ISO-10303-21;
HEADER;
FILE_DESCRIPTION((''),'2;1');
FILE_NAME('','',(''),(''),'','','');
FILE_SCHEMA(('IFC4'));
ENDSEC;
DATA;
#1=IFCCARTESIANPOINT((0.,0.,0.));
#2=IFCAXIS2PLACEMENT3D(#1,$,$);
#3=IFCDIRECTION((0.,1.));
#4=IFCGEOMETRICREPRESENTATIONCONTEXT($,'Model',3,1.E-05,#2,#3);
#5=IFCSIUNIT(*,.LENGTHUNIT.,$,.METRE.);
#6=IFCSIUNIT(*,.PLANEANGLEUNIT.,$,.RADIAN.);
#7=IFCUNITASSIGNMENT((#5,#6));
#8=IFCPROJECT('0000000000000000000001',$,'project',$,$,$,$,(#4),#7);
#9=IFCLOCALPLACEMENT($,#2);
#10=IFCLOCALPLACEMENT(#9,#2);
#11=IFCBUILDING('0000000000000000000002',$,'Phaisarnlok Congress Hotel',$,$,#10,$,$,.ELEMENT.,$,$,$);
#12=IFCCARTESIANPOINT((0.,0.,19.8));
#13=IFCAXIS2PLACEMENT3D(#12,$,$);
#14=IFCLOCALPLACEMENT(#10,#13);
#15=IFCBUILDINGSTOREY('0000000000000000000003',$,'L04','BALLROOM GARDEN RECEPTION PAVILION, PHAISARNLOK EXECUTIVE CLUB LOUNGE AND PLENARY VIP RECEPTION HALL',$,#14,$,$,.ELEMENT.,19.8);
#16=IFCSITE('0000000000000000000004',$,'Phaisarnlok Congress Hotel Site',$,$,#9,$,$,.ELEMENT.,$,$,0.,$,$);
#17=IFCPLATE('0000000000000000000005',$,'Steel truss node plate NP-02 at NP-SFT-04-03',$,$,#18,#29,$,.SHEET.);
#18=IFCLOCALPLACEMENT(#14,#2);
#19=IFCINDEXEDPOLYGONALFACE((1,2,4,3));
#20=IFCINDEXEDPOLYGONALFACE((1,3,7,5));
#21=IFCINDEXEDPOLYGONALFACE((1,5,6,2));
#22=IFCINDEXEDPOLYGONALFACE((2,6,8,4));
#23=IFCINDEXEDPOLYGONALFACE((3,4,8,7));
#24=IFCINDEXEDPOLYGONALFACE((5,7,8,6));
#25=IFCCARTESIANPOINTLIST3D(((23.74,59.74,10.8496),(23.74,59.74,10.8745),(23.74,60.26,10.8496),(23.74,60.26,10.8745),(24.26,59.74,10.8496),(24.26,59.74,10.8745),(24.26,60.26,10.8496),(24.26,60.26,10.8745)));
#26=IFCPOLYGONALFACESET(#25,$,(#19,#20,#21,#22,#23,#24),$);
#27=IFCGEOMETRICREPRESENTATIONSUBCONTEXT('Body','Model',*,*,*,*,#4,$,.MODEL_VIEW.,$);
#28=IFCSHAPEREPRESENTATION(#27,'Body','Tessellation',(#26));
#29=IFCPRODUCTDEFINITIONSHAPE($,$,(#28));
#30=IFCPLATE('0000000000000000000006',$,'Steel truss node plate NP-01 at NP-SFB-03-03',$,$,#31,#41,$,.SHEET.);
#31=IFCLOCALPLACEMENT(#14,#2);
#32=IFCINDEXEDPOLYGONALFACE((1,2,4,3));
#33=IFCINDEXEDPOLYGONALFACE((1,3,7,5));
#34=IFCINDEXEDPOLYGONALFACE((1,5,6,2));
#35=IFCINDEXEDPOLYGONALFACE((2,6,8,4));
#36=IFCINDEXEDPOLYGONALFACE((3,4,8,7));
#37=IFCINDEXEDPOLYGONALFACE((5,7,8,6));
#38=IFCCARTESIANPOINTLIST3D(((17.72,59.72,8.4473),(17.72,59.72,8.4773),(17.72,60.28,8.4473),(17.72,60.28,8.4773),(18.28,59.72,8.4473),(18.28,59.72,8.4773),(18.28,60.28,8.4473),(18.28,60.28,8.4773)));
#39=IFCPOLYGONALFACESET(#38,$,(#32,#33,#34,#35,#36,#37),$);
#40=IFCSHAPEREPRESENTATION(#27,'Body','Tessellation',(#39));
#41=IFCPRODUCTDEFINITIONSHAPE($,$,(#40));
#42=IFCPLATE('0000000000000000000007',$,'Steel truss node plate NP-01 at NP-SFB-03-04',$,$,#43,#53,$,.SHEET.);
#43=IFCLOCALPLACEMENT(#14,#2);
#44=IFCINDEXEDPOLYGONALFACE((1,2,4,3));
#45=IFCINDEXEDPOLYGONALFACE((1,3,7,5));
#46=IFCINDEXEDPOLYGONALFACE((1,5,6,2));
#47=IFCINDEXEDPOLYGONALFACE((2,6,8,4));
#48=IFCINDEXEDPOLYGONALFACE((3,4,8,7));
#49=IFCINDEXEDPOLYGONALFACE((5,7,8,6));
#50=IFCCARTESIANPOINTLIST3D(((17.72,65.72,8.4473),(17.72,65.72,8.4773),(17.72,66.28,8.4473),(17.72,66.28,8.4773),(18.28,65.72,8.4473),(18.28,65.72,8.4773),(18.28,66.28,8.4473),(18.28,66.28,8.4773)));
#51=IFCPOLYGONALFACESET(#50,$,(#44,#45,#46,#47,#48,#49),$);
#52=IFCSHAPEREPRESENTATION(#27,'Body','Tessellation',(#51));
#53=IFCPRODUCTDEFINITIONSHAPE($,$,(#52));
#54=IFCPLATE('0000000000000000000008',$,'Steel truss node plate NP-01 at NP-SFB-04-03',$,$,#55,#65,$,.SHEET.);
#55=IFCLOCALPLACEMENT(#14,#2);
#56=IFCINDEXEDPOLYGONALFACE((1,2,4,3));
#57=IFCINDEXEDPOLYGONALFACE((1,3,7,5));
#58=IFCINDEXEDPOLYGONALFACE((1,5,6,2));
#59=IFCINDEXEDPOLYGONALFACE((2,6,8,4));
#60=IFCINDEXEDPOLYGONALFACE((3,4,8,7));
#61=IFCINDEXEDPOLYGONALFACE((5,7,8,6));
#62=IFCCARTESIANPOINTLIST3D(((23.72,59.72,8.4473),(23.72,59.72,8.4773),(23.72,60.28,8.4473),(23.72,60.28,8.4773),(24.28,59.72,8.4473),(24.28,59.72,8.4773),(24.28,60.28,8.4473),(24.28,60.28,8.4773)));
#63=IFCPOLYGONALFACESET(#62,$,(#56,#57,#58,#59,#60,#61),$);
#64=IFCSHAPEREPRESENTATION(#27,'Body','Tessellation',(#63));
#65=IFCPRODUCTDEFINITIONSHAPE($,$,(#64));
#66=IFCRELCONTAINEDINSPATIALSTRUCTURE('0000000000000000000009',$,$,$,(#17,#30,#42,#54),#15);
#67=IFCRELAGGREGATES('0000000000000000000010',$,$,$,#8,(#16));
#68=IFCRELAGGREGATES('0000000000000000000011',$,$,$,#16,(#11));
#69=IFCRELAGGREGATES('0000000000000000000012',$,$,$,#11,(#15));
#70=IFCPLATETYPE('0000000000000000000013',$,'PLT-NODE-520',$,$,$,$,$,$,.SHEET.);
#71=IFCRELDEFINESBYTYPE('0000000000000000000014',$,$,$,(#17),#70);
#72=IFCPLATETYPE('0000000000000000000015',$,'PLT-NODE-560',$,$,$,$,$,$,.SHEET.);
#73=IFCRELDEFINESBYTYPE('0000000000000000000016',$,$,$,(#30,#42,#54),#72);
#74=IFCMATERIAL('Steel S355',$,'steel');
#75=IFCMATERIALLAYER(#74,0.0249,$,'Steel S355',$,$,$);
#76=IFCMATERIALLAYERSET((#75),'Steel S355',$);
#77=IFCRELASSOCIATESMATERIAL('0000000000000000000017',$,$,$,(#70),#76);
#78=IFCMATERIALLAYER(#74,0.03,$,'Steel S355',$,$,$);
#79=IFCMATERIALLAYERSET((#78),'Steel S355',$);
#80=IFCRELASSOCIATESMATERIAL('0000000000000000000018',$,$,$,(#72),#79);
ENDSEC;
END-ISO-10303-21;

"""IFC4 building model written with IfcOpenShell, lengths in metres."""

from ifc_helpers import new_model, si_unit, direction, frame, origin, origin_2d, place, context, subcontext, project, spatial, rectangle, extrude, material, layer, layer_set, type_object, element, save


model = new_model("IFC4")

# Units and contexts
model_context = context("Model", 3, precision=1e-05, world=origin(), true_north=direction((0.0, 1.0)))
body_context = subcontext(model_context, "Body", "Model", "MODEL_VIEW")
ifc_project = project(units=[si_unit("LENGTHUNIT", "METRE"), si_unit("PLANEANGLEUNIT", "RADIAN")], contexts=[model_context])

# Site, building, storey
site_placement = place(None, origin())
site = spatial("IfcSite", under=ifc_project, at=site_placement, Name="Phaisarnlok Congress Hotel Site", CompositionType="ELEMENT", RefElevation=0.0)
building_placement = place(site_placement, origin())
building = spatial("IfcBuilding", under=site, at=building_placement, Name="Phaisarnlok Congress Hotel", CompositionType="ELEMENT")
storey_placement = place(building_placement, frame((0.0, 0.0, 19.8)))
storey = spatial("IfcBuildingStorey", under=building, at=storey_placement, Name="L04", Description="BALLROOM GARDEN RECEPTION PAVILION, PHAISARNLOK EXECUTIVE CLUB LOUNGE AND PLENARY VIP RECEPTION HALL", CompositionType="ELEMENT", Elevation=19.8)

# Shared definitions
ifc_material = material(Name="Steel S355", Category="steel")

# Plates
ifc_layer_1 = layer(ifc_material, 0.0249, Name="Steel S355")
ifc_layer_set_1 = layer_set([ifc_layer_1], Name="Steel S355")
plate_type_1 = type_object("IfcPlateType", Name="PLT-NODE-520", PredefinedType="SHEET", material=ifc_layer_set_1)
for number, where, z_axis, x_axis, name in (
    (1, (24.0, 60.0, 10.8496), (0.0, 0.0, 1.0), (1.0, 0.0, 0.0), "Steel truss node plate NP-02 at NP-SFT-04-03"),
):
    element("IfcPlate", number, at=place(storey_placement, frame(where, z_axis=z_axis, x_axis=x_axis)), inside=storey, type_object=plate_type_1, Name=name, PredefinedType="SHEET", context=body_context, shape_type="SweptSolid", body=[
        extrude(rectangle(XDim=0.52, YDim=0.52, at=origin_2d()), origin(), (0.0, 0.0, 1.0), 0.0249),
    ])
ifc_layer_2 = layer(ifc_material, 0.03, Name="Steel S355")
ifc_layer_set_2 = layer_set([ifc_layer_2], Name="Steel S355")
plate_type_2 = type_object("IfcPlateType", Name="PLT-NODE-560", PredefinedType="SHEET", material=ifc_layer_set_2)
for number, where, z_axis, x_axis, name in (
    (2, (18.0, 60.0, 8.4473), (0.0, 0.0, 1.0), (1.0, 0.0, 0.0), "Steel truss node plate NP-01 at NP-SFB-03-03"),
    (3, (18.0, 66.0, 8.4473), (0.0, 0.0, 1.0), (1.0, 0.0, 0.0), "Steel truss node plate NP-01 at NP-SFB-03-04"),
    (4, (24.0, 60.0, 8.4473), (0.0, 0.0, 1.0), (1.0, 0.0, 0.0), "Steel truss node plate NP-01 at NP-SFB-04-03"),
):
    element("IfcPlate", number, at=place(storey_placement, frame(where, z_axis=z_axis, x_axis=x_axis)), inside=storey, type_object=plate_type_2, Name=name, PredefinedType="SHEET", context=body_context, shape_type="SweptSolid", body=[
        extrude(rectangle(XDim=0.5601, YDim=0.5601, at=origin_2d()), origin(), (0.0, 0.0, 1.0), 0.03),
    ])

save(model, "model.ifc")
